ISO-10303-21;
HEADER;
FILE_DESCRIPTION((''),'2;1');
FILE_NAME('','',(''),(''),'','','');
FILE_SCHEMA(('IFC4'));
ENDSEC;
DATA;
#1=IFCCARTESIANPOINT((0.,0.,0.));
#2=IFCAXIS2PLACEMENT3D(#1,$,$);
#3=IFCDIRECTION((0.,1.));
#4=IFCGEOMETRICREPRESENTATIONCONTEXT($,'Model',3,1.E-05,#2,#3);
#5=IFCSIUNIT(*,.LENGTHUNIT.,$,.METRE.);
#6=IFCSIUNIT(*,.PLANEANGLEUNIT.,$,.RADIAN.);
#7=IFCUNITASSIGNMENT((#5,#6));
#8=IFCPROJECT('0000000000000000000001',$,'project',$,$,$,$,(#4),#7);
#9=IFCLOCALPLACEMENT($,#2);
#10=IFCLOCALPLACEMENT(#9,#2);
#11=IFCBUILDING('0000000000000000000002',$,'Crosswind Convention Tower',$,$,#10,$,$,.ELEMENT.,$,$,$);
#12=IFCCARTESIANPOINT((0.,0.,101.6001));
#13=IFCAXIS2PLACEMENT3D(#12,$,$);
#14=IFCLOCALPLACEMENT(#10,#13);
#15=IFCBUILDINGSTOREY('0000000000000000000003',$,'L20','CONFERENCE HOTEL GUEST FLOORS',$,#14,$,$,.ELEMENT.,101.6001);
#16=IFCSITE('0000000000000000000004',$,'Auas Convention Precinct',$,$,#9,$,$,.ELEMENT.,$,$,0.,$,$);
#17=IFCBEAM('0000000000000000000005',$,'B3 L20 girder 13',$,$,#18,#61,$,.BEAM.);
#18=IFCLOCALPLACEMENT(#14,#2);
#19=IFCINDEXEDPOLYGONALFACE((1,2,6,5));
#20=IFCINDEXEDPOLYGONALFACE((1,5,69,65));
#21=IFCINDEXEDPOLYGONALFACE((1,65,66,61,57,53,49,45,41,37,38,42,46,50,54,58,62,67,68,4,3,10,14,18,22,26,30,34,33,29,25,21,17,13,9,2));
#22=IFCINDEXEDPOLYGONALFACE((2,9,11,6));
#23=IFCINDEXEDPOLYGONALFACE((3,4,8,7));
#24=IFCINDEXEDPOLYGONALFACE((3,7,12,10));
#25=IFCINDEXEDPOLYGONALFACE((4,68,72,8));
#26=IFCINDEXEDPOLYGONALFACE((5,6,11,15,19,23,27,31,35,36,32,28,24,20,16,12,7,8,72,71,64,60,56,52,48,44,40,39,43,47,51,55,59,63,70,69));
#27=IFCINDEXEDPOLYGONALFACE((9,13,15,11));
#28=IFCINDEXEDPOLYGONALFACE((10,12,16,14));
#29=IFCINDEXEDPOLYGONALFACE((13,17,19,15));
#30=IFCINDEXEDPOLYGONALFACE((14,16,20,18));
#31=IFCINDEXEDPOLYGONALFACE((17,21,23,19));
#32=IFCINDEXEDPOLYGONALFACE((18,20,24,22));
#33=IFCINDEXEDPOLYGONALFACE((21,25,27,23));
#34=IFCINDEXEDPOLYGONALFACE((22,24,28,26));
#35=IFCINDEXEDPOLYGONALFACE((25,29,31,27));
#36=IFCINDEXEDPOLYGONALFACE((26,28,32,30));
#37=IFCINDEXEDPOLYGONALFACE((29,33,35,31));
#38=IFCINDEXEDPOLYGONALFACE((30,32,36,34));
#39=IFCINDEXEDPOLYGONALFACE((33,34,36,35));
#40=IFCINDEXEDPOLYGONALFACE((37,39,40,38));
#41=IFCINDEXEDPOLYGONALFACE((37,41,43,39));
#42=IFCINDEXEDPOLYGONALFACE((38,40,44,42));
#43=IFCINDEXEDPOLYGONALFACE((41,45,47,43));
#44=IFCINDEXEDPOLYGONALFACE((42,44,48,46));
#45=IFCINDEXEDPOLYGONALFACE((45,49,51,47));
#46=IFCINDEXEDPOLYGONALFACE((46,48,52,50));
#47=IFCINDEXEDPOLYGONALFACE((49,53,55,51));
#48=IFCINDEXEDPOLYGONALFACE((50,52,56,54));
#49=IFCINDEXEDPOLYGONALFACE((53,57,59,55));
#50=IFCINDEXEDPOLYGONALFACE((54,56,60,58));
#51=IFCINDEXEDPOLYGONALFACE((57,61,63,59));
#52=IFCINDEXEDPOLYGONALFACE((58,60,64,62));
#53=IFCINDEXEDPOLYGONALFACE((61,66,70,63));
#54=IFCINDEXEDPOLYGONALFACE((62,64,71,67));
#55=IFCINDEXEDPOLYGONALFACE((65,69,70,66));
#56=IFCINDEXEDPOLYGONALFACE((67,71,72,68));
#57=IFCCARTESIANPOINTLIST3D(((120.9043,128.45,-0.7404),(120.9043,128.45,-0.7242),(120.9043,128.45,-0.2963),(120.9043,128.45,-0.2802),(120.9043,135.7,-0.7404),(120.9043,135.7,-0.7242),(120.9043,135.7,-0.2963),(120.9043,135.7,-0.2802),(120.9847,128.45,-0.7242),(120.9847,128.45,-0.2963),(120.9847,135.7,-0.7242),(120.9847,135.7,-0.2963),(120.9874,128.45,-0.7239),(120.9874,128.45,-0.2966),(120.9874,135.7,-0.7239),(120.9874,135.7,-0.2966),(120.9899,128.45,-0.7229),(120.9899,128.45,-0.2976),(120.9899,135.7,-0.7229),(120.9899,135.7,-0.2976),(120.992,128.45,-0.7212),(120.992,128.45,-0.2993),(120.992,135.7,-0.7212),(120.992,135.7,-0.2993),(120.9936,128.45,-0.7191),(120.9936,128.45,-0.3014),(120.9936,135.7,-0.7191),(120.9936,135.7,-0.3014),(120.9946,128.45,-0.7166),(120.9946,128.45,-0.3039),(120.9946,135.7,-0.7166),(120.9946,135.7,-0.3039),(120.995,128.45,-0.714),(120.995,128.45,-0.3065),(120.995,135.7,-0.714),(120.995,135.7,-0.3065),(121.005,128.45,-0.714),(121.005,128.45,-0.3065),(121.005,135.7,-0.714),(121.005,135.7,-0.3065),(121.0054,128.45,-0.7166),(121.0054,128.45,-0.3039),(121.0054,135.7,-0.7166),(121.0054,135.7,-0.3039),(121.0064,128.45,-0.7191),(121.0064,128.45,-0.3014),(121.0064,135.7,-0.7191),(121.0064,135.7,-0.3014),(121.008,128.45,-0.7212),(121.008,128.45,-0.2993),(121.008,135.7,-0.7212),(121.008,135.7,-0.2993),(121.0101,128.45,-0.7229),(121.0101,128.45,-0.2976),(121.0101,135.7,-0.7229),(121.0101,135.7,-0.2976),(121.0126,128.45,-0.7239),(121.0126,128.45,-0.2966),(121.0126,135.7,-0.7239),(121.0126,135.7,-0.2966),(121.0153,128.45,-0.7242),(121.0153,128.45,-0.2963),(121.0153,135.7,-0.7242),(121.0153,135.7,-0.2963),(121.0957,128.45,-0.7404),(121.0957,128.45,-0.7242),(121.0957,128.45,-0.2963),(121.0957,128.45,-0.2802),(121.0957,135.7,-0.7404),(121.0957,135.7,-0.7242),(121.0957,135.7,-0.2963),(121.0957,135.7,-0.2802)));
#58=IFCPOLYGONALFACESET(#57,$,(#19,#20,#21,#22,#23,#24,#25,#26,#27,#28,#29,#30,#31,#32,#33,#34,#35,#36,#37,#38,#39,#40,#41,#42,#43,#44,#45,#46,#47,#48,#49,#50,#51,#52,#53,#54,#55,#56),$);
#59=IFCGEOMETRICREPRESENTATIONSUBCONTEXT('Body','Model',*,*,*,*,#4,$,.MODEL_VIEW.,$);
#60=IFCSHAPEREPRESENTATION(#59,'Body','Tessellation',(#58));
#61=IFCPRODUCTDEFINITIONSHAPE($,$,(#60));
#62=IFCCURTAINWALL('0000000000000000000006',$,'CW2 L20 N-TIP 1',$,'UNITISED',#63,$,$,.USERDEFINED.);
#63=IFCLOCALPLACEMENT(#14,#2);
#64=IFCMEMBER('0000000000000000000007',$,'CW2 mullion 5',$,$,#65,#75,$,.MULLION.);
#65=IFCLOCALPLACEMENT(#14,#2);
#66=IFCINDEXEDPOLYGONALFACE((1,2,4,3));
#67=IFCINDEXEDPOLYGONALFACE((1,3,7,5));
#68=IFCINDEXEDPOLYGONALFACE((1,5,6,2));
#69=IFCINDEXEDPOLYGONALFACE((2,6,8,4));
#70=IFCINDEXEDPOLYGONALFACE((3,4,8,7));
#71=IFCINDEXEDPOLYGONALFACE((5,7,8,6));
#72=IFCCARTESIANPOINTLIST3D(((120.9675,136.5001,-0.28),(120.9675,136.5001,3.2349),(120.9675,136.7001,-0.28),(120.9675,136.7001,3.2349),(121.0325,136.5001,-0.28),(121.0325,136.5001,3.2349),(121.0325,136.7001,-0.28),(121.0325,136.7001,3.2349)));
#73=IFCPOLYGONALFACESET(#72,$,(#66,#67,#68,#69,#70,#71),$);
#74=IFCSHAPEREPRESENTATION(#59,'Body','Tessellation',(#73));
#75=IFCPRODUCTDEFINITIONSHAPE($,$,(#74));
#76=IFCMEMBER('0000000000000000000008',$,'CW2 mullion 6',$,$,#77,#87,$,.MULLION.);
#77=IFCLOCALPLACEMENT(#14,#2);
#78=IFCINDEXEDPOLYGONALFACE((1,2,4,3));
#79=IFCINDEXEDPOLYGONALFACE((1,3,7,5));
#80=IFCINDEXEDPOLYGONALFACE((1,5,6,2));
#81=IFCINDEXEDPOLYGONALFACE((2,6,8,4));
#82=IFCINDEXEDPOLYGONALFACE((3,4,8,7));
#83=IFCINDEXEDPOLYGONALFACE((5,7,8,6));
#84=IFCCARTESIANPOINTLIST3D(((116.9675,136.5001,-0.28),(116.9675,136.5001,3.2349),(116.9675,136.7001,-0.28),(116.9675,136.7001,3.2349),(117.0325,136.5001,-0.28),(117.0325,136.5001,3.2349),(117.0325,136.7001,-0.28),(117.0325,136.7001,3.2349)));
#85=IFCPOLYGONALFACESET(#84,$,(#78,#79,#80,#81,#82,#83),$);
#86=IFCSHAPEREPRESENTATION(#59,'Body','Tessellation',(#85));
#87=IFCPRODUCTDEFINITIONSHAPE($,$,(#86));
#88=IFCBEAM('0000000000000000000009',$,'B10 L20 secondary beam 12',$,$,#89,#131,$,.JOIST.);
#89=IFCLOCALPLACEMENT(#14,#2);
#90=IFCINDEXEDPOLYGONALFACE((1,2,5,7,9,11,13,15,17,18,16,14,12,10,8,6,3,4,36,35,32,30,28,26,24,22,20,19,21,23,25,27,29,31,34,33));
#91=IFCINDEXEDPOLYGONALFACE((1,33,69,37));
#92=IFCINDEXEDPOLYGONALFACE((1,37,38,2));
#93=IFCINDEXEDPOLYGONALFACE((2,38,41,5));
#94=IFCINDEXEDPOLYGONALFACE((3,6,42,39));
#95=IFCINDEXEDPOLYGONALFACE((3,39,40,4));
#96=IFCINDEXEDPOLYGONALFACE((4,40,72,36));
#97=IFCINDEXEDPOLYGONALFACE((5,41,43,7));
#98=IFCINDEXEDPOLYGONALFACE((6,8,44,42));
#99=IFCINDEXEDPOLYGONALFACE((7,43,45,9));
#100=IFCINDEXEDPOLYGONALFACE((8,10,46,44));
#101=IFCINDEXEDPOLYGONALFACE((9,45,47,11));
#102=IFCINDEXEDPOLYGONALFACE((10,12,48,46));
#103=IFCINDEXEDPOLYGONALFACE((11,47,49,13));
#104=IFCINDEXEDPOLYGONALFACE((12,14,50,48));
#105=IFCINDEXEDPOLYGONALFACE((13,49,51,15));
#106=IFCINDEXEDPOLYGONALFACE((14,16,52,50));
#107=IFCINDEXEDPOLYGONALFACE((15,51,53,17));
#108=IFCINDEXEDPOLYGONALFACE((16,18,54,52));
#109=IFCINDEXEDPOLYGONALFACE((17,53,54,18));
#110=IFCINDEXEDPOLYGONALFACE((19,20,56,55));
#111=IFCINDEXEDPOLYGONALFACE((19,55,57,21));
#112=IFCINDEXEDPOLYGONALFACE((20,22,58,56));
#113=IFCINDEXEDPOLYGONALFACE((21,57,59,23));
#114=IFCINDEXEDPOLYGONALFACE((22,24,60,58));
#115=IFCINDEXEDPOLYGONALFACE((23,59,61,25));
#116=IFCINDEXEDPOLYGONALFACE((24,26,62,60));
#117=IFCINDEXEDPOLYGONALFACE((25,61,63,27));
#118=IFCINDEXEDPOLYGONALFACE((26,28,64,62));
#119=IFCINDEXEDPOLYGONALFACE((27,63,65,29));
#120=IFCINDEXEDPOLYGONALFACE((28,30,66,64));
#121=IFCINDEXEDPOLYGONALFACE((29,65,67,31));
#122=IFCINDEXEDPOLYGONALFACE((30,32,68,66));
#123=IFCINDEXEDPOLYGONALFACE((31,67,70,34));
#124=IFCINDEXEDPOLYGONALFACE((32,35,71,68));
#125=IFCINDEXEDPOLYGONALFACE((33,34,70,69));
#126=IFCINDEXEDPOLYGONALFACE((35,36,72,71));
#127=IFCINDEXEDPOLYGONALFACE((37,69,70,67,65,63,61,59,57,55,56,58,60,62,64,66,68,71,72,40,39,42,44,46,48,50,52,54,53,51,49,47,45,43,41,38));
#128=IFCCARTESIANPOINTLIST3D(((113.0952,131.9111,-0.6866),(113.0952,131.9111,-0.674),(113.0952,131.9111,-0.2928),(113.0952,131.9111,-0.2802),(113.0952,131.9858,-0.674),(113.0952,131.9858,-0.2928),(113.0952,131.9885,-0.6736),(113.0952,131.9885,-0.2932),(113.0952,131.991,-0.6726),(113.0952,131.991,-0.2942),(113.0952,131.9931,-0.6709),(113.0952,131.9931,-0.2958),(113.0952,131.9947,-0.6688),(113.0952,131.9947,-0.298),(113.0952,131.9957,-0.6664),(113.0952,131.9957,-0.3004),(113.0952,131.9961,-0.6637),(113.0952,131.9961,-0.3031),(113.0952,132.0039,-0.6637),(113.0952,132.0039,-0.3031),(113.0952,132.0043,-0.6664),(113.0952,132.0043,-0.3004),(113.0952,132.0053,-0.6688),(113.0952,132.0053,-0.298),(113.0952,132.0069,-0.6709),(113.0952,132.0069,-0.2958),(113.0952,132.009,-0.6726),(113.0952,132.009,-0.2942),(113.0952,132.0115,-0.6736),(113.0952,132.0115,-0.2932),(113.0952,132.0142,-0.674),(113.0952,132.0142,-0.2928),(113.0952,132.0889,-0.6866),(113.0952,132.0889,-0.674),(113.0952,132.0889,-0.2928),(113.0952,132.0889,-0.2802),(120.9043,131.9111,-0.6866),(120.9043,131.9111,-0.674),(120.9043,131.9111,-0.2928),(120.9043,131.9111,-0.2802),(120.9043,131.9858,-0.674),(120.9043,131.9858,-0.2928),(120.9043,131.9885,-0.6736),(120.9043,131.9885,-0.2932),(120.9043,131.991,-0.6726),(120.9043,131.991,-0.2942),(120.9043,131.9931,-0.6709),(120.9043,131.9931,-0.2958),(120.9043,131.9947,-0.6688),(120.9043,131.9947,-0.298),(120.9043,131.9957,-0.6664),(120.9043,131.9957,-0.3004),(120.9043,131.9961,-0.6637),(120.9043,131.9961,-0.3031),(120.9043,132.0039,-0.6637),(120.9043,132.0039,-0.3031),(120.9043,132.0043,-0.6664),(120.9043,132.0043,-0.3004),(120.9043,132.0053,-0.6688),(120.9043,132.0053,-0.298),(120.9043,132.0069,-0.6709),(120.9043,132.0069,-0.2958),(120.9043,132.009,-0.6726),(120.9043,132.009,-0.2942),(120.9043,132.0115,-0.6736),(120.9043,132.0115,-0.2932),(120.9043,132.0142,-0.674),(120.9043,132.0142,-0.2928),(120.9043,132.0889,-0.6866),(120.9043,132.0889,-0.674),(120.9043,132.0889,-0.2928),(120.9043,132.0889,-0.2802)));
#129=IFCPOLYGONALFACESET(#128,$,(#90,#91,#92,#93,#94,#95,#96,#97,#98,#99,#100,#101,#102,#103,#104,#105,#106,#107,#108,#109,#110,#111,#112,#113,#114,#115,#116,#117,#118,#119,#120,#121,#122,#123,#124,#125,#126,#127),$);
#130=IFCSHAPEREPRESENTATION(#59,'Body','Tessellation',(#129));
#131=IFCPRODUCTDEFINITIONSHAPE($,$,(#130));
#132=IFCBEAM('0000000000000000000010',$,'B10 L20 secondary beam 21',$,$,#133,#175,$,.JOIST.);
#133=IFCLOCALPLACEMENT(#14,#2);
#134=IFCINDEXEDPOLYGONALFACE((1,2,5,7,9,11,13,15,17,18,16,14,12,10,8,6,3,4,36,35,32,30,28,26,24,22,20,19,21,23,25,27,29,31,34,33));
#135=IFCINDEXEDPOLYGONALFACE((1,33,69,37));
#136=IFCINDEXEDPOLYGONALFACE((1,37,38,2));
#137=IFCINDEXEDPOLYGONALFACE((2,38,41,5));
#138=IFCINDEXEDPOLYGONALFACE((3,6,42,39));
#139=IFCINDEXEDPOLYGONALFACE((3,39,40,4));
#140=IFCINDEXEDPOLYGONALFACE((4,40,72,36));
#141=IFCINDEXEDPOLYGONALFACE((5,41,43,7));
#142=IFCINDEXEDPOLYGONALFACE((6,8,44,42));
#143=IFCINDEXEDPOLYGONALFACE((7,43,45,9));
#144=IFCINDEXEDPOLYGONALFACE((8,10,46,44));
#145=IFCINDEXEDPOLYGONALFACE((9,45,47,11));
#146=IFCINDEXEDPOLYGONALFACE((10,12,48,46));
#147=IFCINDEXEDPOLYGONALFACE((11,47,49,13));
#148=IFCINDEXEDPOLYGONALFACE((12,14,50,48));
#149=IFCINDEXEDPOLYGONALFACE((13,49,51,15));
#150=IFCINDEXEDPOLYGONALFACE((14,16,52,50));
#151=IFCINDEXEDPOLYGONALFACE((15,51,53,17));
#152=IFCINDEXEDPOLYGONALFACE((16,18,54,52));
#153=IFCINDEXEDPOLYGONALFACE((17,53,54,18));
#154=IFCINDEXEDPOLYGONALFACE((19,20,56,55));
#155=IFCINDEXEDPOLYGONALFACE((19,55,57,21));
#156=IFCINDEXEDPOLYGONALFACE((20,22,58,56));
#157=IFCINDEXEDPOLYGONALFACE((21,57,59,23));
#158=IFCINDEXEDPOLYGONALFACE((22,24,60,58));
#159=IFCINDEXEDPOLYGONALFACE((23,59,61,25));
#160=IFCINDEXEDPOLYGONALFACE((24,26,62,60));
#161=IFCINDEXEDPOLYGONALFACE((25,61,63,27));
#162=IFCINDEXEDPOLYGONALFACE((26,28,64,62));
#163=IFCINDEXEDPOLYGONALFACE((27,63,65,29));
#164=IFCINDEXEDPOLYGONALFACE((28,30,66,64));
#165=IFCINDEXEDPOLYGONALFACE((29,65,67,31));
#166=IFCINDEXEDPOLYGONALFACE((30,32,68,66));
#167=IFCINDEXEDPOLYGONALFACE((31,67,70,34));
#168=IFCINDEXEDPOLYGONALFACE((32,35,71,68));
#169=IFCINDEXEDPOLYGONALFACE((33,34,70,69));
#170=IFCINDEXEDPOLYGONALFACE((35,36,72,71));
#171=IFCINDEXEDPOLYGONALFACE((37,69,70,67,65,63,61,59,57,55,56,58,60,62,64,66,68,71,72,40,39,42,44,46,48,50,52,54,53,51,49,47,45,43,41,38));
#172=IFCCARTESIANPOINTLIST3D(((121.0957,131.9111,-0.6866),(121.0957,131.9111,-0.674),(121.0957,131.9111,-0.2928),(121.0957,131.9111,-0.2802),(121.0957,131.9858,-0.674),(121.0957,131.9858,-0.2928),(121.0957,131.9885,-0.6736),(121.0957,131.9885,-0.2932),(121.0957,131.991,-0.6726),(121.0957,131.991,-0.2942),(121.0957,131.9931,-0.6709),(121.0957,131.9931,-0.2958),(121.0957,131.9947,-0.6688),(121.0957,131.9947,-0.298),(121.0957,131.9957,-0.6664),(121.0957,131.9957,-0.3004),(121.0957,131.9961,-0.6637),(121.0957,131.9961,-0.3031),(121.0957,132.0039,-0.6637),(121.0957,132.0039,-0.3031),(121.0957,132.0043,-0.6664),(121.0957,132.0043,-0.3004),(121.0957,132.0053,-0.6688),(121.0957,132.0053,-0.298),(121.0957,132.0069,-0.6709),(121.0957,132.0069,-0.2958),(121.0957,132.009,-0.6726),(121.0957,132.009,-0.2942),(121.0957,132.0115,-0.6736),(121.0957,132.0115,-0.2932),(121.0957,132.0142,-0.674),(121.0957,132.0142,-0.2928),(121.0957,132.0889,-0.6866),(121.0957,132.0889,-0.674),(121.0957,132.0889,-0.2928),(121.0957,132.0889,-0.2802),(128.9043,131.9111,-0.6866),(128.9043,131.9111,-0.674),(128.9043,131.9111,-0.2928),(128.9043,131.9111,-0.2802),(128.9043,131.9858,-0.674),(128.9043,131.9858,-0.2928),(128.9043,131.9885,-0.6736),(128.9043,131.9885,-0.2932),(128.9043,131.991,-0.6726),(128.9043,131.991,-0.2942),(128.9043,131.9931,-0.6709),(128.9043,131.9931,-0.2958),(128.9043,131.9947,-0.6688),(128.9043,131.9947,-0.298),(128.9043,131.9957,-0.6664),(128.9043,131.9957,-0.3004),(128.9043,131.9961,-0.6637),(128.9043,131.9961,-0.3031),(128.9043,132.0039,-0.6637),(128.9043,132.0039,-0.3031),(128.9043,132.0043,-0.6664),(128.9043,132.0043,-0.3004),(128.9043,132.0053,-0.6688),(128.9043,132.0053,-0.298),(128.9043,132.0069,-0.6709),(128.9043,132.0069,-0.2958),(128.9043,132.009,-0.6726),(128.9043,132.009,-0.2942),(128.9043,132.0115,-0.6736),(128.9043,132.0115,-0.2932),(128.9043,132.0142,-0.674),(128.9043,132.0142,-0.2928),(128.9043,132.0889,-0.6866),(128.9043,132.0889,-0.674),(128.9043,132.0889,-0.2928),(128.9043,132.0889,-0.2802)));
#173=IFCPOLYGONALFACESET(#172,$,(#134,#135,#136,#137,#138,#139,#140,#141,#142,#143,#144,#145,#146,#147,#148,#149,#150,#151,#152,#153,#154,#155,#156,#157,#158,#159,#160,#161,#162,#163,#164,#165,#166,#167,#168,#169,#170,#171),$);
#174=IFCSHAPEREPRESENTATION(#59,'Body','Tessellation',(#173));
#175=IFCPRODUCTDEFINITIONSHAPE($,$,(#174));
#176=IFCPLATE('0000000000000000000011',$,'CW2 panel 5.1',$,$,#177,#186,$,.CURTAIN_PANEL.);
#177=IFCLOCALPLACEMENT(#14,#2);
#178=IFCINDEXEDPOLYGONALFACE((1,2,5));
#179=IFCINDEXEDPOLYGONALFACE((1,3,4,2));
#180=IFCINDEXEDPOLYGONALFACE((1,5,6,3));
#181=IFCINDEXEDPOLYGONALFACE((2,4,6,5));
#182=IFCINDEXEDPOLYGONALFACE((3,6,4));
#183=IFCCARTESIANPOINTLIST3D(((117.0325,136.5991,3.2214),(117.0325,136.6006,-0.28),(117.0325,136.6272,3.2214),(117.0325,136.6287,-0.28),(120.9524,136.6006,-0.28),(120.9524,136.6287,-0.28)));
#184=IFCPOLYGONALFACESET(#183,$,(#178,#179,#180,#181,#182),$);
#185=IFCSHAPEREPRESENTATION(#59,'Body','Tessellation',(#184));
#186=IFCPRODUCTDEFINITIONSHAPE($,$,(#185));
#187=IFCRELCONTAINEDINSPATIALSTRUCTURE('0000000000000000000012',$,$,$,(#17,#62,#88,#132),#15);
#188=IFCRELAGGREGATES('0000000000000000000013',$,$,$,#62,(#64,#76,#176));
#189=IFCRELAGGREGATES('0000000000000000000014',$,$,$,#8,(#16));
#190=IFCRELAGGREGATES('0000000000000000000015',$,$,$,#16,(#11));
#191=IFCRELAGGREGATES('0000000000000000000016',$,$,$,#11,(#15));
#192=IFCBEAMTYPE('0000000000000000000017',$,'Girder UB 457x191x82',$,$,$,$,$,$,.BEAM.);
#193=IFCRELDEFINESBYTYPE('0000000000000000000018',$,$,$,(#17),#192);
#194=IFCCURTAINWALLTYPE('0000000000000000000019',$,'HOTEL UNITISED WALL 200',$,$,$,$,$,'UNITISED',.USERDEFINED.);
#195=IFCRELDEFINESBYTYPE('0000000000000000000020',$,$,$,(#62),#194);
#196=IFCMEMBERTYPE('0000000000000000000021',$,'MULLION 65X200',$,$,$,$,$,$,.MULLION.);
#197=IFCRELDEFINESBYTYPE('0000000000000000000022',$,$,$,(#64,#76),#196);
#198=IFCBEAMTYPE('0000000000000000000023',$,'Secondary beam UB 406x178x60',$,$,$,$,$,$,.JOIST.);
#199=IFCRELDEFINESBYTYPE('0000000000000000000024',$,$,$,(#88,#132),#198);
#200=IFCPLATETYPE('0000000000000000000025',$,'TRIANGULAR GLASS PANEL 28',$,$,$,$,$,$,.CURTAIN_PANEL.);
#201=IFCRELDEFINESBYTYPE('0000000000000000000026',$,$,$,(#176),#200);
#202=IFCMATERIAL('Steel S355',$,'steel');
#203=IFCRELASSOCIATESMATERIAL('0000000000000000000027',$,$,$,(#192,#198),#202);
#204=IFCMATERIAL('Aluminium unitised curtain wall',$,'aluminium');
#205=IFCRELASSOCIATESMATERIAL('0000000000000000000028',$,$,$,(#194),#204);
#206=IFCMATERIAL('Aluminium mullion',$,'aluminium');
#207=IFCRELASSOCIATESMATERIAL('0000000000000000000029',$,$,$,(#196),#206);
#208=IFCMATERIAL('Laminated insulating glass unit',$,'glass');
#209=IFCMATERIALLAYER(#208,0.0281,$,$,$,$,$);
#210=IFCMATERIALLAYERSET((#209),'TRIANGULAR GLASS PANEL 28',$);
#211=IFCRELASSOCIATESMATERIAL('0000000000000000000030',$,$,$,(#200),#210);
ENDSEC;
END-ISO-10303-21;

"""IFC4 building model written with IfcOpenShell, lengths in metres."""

from ifc_helpers import new_model, si_unit, direction, frame, origin, origin_2d, place, context, subcontext, project, spatial, polyline, rectangle, i_section, outline, extrude, material, layer, layer_set, material_profile, profile_set, type_object, element, aggregate, save


model = new_model("IFC4")

# Units and contexts
model_context = context("Model", 3, precision=1e-05, world=origin(), true_north=direction((0.0, 1.0)))
body_context = subcontext(model_context, "Body", "Model", "MODEL_VIEW")
ifc_project = project(units=[si_unit("LENGTHUNIT", "METRE"), si_unit("PLANEANGLEUNIT", "RADIAN")], contexts=[model_context])

# Site, building, storey
site_placement = place(None, origin())
site = spatial("IfcSite", under=ifc_project, at=site_placement, Name="Auas Convention Precinct", CompositionType="ELEMENT", RefElevation=0.0)
building_placement = place(site_placement, origin())
building = spatial("IfcBuilding", under=site, at=building_placement, Name="Crosswind Convention Tower", CompositionType="ELEMENT")
storey_placement = place(building_placement, frame((0.0, 0.0, 101.6001)))
storey = spatial("IfcBuildingStorey", under=building, at=storey_placement, Name="L20", Description="CONFERENCE HOTEL GUEST FLOORS", CompositionType="ELEMENT", Elevation=101.6001)

# Beam
ifc_material_1 = material(Name="Steel S355", Category="steel")
ifc_material_profile_1 = material_profile(ifc_material_1, i_section(OverallWidth=0.1914, OverallDepth=0.4602, WebThickness=0.01, FlangeThickness=0.0161, FilletRadius=0.0103, at=origin_2d()), Name="UB 457x191x82")
ifc_profile_set_1 = profile_set([ifc_material_profile_1], Name="Steel S355")
beam_type_1 = type_object("IfcBeamType", Name="Girder UB 457x191x82", PredefinedType="BEAM", material=ifc_profile_set_1)
beam_1_placement = place(storey_placement, frame((121.0, 128.45, -0.5103), z_axis=(0.0, 1.0, 0.0), x_axis=(-1.0, 0.0, 0.0)))
element("IfcBeam", 1, at=beam_1_placement, inside=storey, type_object=beam_type_1, Name="B3 L20 girder 13", PredefinedType="BEAM", context=body_context, shape_type="SweptSolid", body=[
    extrude(i_section(OverallWidth=0.1914, OverallDepth=0.4602, WebThickness=0.01, FlangeThickness=0.0161, FilletRadius=0.0103, at=origin_2d()), origin(), (0.0, 0.0, 1.0), 7.25),
])

# Curtain wall, members
ifc_material_2 = material(Name="Aluminium unitised curtain wall", Category="aluminium")
curtain_wall_type = type_object("IfcCurtainWallType", Name="HOTEL UNITISED WALL 200", ElementType="UNITISED", PredefinedType="USERDEFINED", material=ifc_material_2)
curtain_wall_placement = place(storey_placement, origin())
curtain_wall = element("IfcCurtainWall", 2, at=curtain_wall_placement, inside=storey, type_object=curtain_wall_type, Name="CW2 L20 N-TIP 1", ObjectType="UNITISED", PredefinedType="USERDEFINED")
ifc_material_3 = material(Name="Aluminium mullion", Category="aluminium")
ifc_material_profile_2 = material_profile(ifc_material_3, rectangle(XDim=0.2, YDim=0.0649, at=origin_2d()), Name="AL 200X65")
ifc_profile_set_2 = profile_set([ifc_material_profile_2], Name="Aluminium mullion")
member_type = type_object("IfcMemberType", Name="MULLION 65X200", PredefinedType="MULLION", material=ifc_profile_set_2)
member_1_placement = place(storey_placement, frame((121.0, 136.6001, -0.28), z_axis=(0.0, 0.0, 1.0), x_axis=(0.0, 1.0, 0.0)))
member_1 = element("IfcMember", 3, at=member_1_placement, type_object=member_type, Name="CW2 mullion 5", PredefinedType="MULLION", context=body_context, shape_type="SweptSolid", body=[
    extrude(rectangle(XDim=0.2, YDim=0.0649, at=origin_2d()), origin(), (0.0, 0.0, 1.0), 3.5149),
])
member_2_placement = place(storey_placement, frame((117.0, 136.6001, -0.28), z_axis=(0.0, 0.0, 1.0), x_axis=(0.0, 1.0, 0.0)))
member_2 = element("IfcMember", 4, at=member_2_placement, type_object=member_type, Name="CW2 mullion 6", PredefinedType="MULLION", context=body_context, shape_type="SweptSolid", body=[
    extrude(rectangle(XDim=0.2, YDim=0.0649, at=origin_2d()), origin(), (0.0, 0.0, 1.0), 3.5149),
])

# Beams
ifc_material_profile_3 = material_profile(ifc_material_1, i_section(OverallWidth=0.1777, OverallDepth=0.4065, WebThickness=0.0078, FlangeThickness=0.0127, FilletRadius=0.0103, at=origin_2d()), Name="UB 406x178x60")
ifc_profile_set_3 = profile_set([ifc_material_profile_3], Name="Steel S355")
beam_type_2 = type_object("IfcBeamType", Name="Secondary beam UB 406x178x60", PredefinedType="JOIST", material=ifc_profile_set_3)
beam_2_placement = place(storey_placement, frame((113.0952, 132.0, -0.4834), z_axis=(1.0, 0.0, 0.0), x_axis=(0.0, 1.0, 0.0)))
element("IfcBeam", 5, at=beam_2_placement, inside=storey, type_object=beam_type_2, Name="B10 L20 secondary beam 12", PredefinedType="JOIST", context=body_context, shape_type="SweptSolid", body=[
    extrude(i_section(OverallWidth=0.1777, OverallDepth=0.4065, WebThickness=0.0078, FlangeThickness=0.0127, FilletRadius=0.0103, at=origin_2d()), origin(), (0.0, 0.0, 1.0), 7.8091),
])
beam_3_placement = place(storey_placement, frame((121.0957, 132.0, -0.4834), z_axis=(1.0, 0.0, 0.0), x_axis=(0.0, 1.0, 0.0)))
element("IfcBeam", 6, at=beam_3_placement, inside=storey, type_object=beam_type_2, Name="B10 L20 secondary beam 21", PredefinedType="JOIST", context=body_context, shape_type="SweptSolid", body=[
    extrude(i_section(OverallWidth=0.1777, OverallDepth=0.4065, WebThickness=0.0078, FlangeThickness=0.0127, FilletRadius=0.0103, at=origin_2d()), origin(), (0.0, 0.0, 1.0), 7.8086),
])

# Plate
ifc_material_4 = material(Name="Laminated insulating glass unit", Category="glass")
ifc_layer_1 = layer(ifc_material_4, 0.0281)
ifc_layer_set_1 = layer_set([ifc_layer_1], Name="TRIANGULAR GLASS PANEL 28")
plate_type = type_object("IfcPlateType", Name="TRIANGULAR GLASS PANEL 28", PredefinedType="CURTAIN_PANEL", material=ifc_layer_set_1)
plate_1_placement = place(storey_placement, frame((117.0325, 136.6287, -0.28), z_axis=(0.0, 1.0, 0.000418), x_axis=(0.0, -0.000418, 1.0)))
plate_1 = element("IfcPlate", 7, at=plate_1_placement, type_object=plate_type, Name="CW2 panel 5.1", PredefinedType="CURTAIN_PANEL", context=body_context, shape_type="SweptSolid", body=[
    extrude(outline(polyline([(0.0, 0.0), (3.5015, 0.0), (0.0, 3.9199), (0.0, 0.0)])), origin(), (0.0, 0.0, -1.0), 0.0281),
])
aggregate(curtain_wall, [member_1, member_2, plate_1])

save(model, "model.ifc")
